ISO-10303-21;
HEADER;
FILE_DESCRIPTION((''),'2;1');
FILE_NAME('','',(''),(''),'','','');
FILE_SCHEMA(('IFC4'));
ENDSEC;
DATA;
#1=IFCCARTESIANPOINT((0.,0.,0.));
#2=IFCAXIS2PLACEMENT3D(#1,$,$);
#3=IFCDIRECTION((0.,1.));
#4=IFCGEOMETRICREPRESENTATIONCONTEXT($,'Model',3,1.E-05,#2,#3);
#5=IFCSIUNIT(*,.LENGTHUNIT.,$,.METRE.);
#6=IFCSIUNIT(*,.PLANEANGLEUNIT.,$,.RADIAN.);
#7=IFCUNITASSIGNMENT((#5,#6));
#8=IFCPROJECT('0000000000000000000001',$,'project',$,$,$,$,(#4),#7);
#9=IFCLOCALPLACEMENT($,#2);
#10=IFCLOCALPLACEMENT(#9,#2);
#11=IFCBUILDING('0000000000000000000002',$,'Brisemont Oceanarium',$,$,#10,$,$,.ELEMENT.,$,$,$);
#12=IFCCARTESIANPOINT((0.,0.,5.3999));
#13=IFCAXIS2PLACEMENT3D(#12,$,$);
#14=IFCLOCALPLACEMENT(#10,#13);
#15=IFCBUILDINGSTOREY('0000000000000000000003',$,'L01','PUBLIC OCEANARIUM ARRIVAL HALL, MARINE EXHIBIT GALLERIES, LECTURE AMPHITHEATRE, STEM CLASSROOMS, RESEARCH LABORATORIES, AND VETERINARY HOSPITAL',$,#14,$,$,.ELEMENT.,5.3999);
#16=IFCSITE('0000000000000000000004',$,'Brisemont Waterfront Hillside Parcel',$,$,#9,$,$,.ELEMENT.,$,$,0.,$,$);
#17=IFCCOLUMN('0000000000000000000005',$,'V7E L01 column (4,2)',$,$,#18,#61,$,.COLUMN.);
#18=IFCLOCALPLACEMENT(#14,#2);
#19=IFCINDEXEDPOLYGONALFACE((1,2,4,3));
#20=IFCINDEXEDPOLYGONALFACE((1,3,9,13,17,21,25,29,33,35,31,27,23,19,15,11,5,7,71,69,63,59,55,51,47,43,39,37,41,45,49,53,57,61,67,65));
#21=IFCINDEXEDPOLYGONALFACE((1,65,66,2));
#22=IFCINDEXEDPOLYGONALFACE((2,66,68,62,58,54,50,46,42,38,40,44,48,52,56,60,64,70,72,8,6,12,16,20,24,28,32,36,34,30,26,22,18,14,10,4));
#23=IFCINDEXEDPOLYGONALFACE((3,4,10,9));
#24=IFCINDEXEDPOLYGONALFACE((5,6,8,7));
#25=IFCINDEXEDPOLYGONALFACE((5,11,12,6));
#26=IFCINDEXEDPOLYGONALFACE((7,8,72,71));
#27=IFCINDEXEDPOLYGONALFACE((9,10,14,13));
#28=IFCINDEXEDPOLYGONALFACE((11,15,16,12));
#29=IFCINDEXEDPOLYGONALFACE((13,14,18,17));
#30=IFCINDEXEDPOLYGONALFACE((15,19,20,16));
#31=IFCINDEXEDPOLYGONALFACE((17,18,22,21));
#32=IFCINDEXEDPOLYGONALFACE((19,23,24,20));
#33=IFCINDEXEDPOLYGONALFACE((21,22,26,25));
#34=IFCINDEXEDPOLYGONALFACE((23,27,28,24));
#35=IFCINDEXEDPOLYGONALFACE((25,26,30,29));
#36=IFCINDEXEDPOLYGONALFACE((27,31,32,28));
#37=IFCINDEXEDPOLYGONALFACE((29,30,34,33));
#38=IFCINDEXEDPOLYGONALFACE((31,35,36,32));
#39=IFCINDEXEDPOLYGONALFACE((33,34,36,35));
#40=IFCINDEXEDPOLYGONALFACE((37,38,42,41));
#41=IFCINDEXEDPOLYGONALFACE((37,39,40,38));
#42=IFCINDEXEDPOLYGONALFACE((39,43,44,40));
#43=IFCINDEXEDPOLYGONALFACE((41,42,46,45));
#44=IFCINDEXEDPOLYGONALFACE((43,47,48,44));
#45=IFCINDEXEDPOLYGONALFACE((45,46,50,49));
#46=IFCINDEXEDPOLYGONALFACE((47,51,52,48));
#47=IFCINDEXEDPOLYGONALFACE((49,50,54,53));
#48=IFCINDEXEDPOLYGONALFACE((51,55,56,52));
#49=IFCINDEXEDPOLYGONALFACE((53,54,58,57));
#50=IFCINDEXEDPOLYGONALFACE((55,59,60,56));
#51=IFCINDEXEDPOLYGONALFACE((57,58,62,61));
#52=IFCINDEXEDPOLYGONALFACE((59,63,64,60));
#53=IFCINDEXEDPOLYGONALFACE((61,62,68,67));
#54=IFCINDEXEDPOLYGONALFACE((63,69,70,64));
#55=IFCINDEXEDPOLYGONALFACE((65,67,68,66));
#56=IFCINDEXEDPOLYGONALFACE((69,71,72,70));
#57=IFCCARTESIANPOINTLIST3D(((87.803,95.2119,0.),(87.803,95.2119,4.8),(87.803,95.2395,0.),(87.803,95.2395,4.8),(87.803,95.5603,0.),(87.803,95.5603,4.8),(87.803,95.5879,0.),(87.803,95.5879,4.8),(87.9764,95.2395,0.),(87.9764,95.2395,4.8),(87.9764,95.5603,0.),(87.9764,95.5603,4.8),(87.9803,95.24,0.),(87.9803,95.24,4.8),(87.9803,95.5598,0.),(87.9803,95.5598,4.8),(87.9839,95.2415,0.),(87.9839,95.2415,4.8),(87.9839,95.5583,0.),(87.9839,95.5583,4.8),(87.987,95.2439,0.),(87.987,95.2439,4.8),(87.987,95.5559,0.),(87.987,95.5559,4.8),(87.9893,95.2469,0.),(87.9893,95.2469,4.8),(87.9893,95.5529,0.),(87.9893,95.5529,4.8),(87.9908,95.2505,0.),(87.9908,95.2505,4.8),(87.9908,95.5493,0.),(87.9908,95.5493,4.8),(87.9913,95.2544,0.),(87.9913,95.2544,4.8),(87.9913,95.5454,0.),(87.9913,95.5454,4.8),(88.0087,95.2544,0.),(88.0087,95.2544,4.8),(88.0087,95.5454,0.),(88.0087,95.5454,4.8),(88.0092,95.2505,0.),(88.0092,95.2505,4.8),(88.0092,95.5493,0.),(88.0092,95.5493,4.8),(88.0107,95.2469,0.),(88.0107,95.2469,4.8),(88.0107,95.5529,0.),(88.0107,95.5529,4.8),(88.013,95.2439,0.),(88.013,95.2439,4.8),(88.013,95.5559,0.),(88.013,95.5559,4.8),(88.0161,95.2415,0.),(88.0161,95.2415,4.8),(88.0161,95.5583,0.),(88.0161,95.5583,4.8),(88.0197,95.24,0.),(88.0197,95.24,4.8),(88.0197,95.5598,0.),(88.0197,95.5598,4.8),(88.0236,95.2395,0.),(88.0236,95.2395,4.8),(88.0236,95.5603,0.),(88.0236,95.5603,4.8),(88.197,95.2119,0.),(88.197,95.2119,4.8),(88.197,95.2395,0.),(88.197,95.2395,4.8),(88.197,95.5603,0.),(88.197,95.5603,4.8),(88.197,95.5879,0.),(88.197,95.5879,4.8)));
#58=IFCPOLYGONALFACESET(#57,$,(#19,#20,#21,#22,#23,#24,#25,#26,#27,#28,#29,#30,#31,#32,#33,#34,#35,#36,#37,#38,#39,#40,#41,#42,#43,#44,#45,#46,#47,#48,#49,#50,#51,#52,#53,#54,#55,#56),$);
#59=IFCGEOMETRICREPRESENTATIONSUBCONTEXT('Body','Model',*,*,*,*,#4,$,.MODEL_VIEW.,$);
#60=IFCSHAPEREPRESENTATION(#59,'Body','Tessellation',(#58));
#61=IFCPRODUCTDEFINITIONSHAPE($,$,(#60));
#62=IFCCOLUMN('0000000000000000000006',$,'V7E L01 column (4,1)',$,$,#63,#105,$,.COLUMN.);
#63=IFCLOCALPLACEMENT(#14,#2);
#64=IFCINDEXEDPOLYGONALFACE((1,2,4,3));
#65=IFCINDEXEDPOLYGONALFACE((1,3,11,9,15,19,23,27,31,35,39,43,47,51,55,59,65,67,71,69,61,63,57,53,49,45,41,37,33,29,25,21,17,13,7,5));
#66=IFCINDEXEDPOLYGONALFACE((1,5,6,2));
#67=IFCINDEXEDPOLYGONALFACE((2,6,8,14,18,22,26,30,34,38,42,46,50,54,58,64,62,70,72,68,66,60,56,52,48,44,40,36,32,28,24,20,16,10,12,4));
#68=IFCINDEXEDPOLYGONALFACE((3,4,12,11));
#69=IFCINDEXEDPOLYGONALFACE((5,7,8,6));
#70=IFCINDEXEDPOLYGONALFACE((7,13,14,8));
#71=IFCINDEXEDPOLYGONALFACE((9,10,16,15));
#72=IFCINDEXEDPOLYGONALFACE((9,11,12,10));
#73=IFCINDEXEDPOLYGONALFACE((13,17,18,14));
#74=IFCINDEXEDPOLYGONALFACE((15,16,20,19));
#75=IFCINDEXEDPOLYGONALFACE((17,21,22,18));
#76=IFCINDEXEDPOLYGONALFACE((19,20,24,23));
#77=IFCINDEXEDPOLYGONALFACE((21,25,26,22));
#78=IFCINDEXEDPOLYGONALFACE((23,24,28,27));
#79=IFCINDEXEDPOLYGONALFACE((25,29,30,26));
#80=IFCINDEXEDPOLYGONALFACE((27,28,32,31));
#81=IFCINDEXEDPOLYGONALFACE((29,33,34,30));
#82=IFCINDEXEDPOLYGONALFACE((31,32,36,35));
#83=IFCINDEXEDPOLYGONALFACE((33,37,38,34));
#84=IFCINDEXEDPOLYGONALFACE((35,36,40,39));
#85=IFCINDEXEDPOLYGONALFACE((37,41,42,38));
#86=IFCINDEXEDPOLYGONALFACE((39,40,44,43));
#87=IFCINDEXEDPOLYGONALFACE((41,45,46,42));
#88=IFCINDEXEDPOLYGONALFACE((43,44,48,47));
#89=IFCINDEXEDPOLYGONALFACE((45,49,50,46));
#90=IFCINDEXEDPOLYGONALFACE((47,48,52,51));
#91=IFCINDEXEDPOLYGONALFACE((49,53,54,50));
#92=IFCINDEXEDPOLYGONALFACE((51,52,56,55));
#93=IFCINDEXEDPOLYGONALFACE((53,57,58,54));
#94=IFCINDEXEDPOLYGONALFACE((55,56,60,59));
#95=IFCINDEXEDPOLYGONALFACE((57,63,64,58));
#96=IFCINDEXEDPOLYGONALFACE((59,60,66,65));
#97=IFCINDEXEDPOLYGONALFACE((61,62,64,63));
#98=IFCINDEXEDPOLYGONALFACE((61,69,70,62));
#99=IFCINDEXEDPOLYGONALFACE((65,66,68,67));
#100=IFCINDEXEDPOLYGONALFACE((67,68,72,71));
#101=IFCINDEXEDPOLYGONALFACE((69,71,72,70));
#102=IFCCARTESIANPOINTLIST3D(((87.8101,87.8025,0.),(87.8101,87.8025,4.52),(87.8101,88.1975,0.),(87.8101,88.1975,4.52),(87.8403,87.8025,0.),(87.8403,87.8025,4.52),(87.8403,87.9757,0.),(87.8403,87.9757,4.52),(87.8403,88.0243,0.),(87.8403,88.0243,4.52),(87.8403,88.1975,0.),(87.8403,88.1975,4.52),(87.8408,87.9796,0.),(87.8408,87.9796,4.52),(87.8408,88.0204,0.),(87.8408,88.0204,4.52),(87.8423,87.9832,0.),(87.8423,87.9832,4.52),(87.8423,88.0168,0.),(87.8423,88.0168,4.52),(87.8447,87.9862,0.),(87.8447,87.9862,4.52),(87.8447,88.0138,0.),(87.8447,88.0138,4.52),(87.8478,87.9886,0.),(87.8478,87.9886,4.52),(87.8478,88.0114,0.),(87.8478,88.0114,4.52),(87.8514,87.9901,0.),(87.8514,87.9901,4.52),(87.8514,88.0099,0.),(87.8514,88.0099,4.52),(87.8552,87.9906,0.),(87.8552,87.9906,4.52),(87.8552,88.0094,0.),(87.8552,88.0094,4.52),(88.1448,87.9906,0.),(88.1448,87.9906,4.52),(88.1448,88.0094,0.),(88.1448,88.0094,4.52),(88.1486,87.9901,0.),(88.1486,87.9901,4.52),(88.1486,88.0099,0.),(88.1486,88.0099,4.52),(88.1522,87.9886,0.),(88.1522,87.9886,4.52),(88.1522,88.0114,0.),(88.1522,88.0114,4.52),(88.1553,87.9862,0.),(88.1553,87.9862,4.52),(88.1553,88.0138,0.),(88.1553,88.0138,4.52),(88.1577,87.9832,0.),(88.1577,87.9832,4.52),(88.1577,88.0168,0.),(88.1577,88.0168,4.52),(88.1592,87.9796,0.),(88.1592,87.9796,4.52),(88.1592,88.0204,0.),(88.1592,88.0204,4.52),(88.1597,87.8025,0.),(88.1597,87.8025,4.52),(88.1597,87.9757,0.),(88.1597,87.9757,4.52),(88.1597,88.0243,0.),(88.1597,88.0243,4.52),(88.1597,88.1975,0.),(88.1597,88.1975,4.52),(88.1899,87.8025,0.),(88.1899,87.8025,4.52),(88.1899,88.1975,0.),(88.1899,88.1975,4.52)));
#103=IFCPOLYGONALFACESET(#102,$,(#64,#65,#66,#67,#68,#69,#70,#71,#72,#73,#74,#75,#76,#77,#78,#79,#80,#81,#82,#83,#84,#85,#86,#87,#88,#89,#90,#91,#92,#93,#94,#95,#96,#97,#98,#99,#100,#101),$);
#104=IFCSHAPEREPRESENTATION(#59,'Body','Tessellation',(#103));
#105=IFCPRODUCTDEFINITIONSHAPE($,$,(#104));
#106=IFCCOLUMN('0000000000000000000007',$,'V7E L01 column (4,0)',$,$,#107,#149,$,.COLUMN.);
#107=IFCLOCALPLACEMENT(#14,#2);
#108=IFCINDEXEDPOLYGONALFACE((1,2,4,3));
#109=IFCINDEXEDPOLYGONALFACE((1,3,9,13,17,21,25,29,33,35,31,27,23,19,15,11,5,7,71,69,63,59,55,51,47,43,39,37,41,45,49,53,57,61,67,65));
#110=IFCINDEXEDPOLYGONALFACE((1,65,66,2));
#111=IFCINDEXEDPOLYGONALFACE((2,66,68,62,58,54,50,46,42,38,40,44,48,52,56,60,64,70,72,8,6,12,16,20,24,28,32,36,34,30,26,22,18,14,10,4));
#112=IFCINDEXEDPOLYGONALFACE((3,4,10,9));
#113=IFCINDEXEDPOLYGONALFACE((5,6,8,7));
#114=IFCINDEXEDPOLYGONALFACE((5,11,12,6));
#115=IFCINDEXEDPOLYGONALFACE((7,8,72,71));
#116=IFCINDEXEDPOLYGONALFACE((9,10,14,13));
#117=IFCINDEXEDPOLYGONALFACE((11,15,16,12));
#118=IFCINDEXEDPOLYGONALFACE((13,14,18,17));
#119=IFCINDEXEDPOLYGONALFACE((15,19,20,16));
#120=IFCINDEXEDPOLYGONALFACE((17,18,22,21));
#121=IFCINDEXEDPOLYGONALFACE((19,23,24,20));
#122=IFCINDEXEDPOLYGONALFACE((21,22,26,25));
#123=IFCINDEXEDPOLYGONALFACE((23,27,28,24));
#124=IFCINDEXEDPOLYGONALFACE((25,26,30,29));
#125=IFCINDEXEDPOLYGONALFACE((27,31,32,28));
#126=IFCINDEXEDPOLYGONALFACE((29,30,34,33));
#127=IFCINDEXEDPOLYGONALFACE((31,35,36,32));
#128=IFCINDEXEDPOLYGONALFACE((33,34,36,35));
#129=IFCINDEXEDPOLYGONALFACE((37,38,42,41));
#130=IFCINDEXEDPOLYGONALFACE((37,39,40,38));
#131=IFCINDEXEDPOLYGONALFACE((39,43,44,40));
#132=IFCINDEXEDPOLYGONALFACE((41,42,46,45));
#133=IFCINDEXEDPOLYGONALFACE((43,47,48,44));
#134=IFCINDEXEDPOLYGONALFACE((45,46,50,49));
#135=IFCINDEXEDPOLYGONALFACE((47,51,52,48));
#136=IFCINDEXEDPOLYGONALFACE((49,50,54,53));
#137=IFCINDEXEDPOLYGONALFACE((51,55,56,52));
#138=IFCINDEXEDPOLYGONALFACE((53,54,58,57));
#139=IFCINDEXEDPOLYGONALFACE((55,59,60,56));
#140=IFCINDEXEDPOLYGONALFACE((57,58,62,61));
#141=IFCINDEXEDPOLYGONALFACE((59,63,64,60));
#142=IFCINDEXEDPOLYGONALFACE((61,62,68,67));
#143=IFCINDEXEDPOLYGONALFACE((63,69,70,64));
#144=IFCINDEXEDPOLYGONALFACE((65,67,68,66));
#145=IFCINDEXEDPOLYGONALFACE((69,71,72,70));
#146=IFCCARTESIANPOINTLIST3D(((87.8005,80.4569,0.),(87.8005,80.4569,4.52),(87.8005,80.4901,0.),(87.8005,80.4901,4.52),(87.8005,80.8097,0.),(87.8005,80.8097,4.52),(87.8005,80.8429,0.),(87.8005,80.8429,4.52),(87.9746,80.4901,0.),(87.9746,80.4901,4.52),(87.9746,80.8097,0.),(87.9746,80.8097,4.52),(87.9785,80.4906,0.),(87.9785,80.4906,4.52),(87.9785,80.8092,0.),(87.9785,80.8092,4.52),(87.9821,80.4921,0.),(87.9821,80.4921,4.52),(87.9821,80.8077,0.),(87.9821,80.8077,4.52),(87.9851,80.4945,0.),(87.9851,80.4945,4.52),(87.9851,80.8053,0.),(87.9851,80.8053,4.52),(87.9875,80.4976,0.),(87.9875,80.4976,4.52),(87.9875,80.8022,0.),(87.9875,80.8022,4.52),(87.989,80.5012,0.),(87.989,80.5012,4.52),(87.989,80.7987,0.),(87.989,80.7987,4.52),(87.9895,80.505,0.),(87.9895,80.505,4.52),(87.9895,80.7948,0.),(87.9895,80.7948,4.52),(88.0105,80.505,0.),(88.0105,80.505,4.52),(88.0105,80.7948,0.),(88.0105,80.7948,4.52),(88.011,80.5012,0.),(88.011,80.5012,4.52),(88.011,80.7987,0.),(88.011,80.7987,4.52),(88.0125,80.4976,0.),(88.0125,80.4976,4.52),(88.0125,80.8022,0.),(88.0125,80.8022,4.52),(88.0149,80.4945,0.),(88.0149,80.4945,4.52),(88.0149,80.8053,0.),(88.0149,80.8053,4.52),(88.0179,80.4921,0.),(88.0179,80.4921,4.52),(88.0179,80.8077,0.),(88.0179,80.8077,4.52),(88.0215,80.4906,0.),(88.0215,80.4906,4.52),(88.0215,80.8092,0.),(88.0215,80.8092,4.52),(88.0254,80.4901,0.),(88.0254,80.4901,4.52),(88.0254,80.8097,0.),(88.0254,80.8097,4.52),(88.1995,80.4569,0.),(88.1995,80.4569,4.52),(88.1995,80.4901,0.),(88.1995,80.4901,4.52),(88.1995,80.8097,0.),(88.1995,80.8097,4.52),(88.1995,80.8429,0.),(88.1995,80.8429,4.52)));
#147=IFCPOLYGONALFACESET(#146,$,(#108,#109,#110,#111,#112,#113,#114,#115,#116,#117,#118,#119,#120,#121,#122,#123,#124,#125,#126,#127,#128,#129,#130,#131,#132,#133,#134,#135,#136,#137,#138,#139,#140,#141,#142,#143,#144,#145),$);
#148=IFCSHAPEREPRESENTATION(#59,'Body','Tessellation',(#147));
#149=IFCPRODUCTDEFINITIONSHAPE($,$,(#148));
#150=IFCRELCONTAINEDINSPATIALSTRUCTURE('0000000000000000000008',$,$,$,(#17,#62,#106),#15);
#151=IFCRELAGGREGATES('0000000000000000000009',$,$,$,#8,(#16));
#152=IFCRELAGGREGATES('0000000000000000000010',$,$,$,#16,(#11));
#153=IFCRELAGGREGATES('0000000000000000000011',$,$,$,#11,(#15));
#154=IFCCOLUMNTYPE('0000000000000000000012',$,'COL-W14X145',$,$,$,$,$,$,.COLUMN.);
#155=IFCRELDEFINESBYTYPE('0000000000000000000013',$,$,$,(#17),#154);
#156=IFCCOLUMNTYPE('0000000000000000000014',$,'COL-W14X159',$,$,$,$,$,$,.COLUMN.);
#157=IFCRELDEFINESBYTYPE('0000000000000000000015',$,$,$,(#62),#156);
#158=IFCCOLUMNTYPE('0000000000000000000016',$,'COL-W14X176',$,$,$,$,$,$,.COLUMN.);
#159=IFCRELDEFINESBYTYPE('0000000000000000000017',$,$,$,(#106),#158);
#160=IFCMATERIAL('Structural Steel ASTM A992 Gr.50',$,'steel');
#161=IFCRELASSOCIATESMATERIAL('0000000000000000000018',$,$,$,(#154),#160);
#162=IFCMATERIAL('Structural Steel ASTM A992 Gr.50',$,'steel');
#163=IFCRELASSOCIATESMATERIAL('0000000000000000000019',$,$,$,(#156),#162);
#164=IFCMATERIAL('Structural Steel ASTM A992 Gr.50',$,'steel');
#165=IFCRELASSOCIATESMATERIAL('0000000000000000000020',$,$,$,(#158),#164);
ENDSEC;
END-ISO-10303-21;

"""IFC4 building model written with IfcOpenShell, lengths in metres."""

from ifc_helpers import new_model, si_unit, direction, frame, origin, origin_2d, place, context, subcontext, project, spatial, i_section, extrude, material, material_profile, profile_set, type_object, element, save


model = new_model("IFC4")

# Units and contexts
model_context = context("Model", 3, precision=1e-05, world=origin(), true_north=direction((0.0, 1.0)))
body_context = subcontext(model_context, "Body", "Model", "MODEL_VIEW")
ifc_project = project(units=[si_unit("LENGTHUNIT", "METRE"), si_unit("PLANEANGLEUNIT", "RADIAN")], contexts=[model_context])

# Site, building, storey
site_placement = place(None, origin())
site = spatial("IfcSite", under=ifc_project, at=site_placement, Name="Brisemont Waterfront Hillside Parcel", CompositionType="ELEMENT", RefElevation=0.0)
building_placement = place(site_placement, origin())
building = spatial("IfcBuilding", under=site, at=building_placement, Name="Brisemont Oceanarium", CompositionType="ELEMENT")
storey_placement = place(building_placement, frame((0.0, 0.0, 5.3999)))
storey = spatial("IfcBuildingStorey", under=building, at=storey_placement, Name="L01", Description="PUBLIC OCEANARIUM ARRIVAL HALL, MARINE EXHIBIT GALLERIES, LECTURE AMPHITHEATRE, STEM CLASSROOMS, RESEARCH LABORATORIES, AND VETERINARY HOSPITAL", CompositionType="ELEMENT", Elevation=5.3999)

# Columns
ifc_material_1 = material(Name="Structural Steel ASTM A992 Gr.50", Category="steel")
ifc_material_profile_1 = material_profile(ifc_material_1, i_section(OverallWidth=0.394, OverallDepth=0.376, WebThickness=0.0173, FlangeThickness=0.0276, FilletRadius=0.0149, at=origin_2d()), Name="W14X145")
ifc_profile_set_1 = profile_set([ifc_material_profile_1], Name="Structural Steel ASTM A992 Gr.50")
column_type_1 = type_object("IfcColumnType", Name="COL-W14X145", PredefinedType="COLUMN", material=ifc_profile_set_1)
column_1_placement = place(storey_placement, frame((88.0, 95.3999, 0.0), z_axis=(0.0, 0.0, 1.0), x_axis=(1.0, 0.0, 0.0)))
element("IfcColumn", 1, at=column_1_placement, inside=storey, type_object=column_type_1, Name="V7E L01 column (4,2)", PredefinedType="COLUMN", context=body_context, shape_type="SweptSolid", body=[
    extrude(i_section(OverallWidth=0.394, OverallDepth=0.376, WebThickness=0.0173, FlangeThickness=0.0276, FilletRadius=0.0149, at=origin_2d()), origin(), (0.0, 0.0, 1.0), 4.8),
])
ifc_material_2 = material(Name="Structural Steel ASTM A992 Gr.50", Category="steel")
ifc_material_profile_2 = material_profile(ifc_material_2, i_section(OverallWidth=0.395, OverallDepth=0.3799, WebThickness=0.0188, FlangeThickness=0.0303, FilletRadius=0.0149, at=origin_2d()), Name="W14X159")
ifc_profile_set_2 = profile_set([ifc_material_profile_2], Name="Structural Steel ASTM A992 Gr.50")
column_type_2 = type_object("IfcColumnType", Name="COL-W14X159", PredefinedType="COLUMN", material=ifc_profile_set_2)
column_2_placement = place(storey_placement, frame((88.0, 88.0, 0.0), z_axis=(0.0, 0.0, 1.0), x_axis=(0.0, 1.0, 0.0)))
element("IfcColumn", 2, at=column_2_placement, inside=storey, type_object=column_type_2, Name="V7E L01 column (4,1)", PredefinedType="COLUMN", context=body_context, shape_type="SweptSolid", body=[
    extrude(i_section(OverallWidth=0.395, OverallDepth=0.3799, WebThickness=0.0188, FlangeThickness=0.0303, FilletRadius=0.0149, at=origin_2d()), origin(), (0.0, 0.0, 1.0), 4.52),
])
ifc_material_3 = material(Name="Structural Steel ASTM A992 Gr.50", Category="steel")
ifc_material_profile_3 = material_profile(ifc_material_3, i_section(OverallWidth=0.3989, OverallDepth=0.386, WebThickness=0.021, FlangeThickness=0.0332, FilletRadius=0.0149, at=origin_2d()), Name="W14X176")
ifc_profile_set_3 = profile_set([ifc_material_profile_3], Name="Structural Steel ASTM A992 Gr.50")
column_type_3 = type_object("IfcColumnType", Name="COL-W14X176", PredefinedType="COLUMN", material=ifc_profile_set_3)
column_3_placement = place(storey_placement, frame((88.0, 80.6499, 0.0), z_axis=(0.0, 0.0, 1.0), x_axis=(1.0, 0.0, 0.0)))
element("IfcColumn", 3, at=column_3_placement, inside=storey, type_object=column_type_3, Name="V7E L01 column (4,0)", PredefinedType="COLUMN", context=body_context, shape_type="SweptSolid", body=[
    extrude(i_section(OverallWidth=0.3989, OverallDepth=0.386, WebThickness=0.021, FlangeThickness=0.0332, FilletRadius=0.0149, at=origin_2d()), origin(), (0.0, 0.0, 1.0), 4.52),
])

save(model, "model.ifc")
